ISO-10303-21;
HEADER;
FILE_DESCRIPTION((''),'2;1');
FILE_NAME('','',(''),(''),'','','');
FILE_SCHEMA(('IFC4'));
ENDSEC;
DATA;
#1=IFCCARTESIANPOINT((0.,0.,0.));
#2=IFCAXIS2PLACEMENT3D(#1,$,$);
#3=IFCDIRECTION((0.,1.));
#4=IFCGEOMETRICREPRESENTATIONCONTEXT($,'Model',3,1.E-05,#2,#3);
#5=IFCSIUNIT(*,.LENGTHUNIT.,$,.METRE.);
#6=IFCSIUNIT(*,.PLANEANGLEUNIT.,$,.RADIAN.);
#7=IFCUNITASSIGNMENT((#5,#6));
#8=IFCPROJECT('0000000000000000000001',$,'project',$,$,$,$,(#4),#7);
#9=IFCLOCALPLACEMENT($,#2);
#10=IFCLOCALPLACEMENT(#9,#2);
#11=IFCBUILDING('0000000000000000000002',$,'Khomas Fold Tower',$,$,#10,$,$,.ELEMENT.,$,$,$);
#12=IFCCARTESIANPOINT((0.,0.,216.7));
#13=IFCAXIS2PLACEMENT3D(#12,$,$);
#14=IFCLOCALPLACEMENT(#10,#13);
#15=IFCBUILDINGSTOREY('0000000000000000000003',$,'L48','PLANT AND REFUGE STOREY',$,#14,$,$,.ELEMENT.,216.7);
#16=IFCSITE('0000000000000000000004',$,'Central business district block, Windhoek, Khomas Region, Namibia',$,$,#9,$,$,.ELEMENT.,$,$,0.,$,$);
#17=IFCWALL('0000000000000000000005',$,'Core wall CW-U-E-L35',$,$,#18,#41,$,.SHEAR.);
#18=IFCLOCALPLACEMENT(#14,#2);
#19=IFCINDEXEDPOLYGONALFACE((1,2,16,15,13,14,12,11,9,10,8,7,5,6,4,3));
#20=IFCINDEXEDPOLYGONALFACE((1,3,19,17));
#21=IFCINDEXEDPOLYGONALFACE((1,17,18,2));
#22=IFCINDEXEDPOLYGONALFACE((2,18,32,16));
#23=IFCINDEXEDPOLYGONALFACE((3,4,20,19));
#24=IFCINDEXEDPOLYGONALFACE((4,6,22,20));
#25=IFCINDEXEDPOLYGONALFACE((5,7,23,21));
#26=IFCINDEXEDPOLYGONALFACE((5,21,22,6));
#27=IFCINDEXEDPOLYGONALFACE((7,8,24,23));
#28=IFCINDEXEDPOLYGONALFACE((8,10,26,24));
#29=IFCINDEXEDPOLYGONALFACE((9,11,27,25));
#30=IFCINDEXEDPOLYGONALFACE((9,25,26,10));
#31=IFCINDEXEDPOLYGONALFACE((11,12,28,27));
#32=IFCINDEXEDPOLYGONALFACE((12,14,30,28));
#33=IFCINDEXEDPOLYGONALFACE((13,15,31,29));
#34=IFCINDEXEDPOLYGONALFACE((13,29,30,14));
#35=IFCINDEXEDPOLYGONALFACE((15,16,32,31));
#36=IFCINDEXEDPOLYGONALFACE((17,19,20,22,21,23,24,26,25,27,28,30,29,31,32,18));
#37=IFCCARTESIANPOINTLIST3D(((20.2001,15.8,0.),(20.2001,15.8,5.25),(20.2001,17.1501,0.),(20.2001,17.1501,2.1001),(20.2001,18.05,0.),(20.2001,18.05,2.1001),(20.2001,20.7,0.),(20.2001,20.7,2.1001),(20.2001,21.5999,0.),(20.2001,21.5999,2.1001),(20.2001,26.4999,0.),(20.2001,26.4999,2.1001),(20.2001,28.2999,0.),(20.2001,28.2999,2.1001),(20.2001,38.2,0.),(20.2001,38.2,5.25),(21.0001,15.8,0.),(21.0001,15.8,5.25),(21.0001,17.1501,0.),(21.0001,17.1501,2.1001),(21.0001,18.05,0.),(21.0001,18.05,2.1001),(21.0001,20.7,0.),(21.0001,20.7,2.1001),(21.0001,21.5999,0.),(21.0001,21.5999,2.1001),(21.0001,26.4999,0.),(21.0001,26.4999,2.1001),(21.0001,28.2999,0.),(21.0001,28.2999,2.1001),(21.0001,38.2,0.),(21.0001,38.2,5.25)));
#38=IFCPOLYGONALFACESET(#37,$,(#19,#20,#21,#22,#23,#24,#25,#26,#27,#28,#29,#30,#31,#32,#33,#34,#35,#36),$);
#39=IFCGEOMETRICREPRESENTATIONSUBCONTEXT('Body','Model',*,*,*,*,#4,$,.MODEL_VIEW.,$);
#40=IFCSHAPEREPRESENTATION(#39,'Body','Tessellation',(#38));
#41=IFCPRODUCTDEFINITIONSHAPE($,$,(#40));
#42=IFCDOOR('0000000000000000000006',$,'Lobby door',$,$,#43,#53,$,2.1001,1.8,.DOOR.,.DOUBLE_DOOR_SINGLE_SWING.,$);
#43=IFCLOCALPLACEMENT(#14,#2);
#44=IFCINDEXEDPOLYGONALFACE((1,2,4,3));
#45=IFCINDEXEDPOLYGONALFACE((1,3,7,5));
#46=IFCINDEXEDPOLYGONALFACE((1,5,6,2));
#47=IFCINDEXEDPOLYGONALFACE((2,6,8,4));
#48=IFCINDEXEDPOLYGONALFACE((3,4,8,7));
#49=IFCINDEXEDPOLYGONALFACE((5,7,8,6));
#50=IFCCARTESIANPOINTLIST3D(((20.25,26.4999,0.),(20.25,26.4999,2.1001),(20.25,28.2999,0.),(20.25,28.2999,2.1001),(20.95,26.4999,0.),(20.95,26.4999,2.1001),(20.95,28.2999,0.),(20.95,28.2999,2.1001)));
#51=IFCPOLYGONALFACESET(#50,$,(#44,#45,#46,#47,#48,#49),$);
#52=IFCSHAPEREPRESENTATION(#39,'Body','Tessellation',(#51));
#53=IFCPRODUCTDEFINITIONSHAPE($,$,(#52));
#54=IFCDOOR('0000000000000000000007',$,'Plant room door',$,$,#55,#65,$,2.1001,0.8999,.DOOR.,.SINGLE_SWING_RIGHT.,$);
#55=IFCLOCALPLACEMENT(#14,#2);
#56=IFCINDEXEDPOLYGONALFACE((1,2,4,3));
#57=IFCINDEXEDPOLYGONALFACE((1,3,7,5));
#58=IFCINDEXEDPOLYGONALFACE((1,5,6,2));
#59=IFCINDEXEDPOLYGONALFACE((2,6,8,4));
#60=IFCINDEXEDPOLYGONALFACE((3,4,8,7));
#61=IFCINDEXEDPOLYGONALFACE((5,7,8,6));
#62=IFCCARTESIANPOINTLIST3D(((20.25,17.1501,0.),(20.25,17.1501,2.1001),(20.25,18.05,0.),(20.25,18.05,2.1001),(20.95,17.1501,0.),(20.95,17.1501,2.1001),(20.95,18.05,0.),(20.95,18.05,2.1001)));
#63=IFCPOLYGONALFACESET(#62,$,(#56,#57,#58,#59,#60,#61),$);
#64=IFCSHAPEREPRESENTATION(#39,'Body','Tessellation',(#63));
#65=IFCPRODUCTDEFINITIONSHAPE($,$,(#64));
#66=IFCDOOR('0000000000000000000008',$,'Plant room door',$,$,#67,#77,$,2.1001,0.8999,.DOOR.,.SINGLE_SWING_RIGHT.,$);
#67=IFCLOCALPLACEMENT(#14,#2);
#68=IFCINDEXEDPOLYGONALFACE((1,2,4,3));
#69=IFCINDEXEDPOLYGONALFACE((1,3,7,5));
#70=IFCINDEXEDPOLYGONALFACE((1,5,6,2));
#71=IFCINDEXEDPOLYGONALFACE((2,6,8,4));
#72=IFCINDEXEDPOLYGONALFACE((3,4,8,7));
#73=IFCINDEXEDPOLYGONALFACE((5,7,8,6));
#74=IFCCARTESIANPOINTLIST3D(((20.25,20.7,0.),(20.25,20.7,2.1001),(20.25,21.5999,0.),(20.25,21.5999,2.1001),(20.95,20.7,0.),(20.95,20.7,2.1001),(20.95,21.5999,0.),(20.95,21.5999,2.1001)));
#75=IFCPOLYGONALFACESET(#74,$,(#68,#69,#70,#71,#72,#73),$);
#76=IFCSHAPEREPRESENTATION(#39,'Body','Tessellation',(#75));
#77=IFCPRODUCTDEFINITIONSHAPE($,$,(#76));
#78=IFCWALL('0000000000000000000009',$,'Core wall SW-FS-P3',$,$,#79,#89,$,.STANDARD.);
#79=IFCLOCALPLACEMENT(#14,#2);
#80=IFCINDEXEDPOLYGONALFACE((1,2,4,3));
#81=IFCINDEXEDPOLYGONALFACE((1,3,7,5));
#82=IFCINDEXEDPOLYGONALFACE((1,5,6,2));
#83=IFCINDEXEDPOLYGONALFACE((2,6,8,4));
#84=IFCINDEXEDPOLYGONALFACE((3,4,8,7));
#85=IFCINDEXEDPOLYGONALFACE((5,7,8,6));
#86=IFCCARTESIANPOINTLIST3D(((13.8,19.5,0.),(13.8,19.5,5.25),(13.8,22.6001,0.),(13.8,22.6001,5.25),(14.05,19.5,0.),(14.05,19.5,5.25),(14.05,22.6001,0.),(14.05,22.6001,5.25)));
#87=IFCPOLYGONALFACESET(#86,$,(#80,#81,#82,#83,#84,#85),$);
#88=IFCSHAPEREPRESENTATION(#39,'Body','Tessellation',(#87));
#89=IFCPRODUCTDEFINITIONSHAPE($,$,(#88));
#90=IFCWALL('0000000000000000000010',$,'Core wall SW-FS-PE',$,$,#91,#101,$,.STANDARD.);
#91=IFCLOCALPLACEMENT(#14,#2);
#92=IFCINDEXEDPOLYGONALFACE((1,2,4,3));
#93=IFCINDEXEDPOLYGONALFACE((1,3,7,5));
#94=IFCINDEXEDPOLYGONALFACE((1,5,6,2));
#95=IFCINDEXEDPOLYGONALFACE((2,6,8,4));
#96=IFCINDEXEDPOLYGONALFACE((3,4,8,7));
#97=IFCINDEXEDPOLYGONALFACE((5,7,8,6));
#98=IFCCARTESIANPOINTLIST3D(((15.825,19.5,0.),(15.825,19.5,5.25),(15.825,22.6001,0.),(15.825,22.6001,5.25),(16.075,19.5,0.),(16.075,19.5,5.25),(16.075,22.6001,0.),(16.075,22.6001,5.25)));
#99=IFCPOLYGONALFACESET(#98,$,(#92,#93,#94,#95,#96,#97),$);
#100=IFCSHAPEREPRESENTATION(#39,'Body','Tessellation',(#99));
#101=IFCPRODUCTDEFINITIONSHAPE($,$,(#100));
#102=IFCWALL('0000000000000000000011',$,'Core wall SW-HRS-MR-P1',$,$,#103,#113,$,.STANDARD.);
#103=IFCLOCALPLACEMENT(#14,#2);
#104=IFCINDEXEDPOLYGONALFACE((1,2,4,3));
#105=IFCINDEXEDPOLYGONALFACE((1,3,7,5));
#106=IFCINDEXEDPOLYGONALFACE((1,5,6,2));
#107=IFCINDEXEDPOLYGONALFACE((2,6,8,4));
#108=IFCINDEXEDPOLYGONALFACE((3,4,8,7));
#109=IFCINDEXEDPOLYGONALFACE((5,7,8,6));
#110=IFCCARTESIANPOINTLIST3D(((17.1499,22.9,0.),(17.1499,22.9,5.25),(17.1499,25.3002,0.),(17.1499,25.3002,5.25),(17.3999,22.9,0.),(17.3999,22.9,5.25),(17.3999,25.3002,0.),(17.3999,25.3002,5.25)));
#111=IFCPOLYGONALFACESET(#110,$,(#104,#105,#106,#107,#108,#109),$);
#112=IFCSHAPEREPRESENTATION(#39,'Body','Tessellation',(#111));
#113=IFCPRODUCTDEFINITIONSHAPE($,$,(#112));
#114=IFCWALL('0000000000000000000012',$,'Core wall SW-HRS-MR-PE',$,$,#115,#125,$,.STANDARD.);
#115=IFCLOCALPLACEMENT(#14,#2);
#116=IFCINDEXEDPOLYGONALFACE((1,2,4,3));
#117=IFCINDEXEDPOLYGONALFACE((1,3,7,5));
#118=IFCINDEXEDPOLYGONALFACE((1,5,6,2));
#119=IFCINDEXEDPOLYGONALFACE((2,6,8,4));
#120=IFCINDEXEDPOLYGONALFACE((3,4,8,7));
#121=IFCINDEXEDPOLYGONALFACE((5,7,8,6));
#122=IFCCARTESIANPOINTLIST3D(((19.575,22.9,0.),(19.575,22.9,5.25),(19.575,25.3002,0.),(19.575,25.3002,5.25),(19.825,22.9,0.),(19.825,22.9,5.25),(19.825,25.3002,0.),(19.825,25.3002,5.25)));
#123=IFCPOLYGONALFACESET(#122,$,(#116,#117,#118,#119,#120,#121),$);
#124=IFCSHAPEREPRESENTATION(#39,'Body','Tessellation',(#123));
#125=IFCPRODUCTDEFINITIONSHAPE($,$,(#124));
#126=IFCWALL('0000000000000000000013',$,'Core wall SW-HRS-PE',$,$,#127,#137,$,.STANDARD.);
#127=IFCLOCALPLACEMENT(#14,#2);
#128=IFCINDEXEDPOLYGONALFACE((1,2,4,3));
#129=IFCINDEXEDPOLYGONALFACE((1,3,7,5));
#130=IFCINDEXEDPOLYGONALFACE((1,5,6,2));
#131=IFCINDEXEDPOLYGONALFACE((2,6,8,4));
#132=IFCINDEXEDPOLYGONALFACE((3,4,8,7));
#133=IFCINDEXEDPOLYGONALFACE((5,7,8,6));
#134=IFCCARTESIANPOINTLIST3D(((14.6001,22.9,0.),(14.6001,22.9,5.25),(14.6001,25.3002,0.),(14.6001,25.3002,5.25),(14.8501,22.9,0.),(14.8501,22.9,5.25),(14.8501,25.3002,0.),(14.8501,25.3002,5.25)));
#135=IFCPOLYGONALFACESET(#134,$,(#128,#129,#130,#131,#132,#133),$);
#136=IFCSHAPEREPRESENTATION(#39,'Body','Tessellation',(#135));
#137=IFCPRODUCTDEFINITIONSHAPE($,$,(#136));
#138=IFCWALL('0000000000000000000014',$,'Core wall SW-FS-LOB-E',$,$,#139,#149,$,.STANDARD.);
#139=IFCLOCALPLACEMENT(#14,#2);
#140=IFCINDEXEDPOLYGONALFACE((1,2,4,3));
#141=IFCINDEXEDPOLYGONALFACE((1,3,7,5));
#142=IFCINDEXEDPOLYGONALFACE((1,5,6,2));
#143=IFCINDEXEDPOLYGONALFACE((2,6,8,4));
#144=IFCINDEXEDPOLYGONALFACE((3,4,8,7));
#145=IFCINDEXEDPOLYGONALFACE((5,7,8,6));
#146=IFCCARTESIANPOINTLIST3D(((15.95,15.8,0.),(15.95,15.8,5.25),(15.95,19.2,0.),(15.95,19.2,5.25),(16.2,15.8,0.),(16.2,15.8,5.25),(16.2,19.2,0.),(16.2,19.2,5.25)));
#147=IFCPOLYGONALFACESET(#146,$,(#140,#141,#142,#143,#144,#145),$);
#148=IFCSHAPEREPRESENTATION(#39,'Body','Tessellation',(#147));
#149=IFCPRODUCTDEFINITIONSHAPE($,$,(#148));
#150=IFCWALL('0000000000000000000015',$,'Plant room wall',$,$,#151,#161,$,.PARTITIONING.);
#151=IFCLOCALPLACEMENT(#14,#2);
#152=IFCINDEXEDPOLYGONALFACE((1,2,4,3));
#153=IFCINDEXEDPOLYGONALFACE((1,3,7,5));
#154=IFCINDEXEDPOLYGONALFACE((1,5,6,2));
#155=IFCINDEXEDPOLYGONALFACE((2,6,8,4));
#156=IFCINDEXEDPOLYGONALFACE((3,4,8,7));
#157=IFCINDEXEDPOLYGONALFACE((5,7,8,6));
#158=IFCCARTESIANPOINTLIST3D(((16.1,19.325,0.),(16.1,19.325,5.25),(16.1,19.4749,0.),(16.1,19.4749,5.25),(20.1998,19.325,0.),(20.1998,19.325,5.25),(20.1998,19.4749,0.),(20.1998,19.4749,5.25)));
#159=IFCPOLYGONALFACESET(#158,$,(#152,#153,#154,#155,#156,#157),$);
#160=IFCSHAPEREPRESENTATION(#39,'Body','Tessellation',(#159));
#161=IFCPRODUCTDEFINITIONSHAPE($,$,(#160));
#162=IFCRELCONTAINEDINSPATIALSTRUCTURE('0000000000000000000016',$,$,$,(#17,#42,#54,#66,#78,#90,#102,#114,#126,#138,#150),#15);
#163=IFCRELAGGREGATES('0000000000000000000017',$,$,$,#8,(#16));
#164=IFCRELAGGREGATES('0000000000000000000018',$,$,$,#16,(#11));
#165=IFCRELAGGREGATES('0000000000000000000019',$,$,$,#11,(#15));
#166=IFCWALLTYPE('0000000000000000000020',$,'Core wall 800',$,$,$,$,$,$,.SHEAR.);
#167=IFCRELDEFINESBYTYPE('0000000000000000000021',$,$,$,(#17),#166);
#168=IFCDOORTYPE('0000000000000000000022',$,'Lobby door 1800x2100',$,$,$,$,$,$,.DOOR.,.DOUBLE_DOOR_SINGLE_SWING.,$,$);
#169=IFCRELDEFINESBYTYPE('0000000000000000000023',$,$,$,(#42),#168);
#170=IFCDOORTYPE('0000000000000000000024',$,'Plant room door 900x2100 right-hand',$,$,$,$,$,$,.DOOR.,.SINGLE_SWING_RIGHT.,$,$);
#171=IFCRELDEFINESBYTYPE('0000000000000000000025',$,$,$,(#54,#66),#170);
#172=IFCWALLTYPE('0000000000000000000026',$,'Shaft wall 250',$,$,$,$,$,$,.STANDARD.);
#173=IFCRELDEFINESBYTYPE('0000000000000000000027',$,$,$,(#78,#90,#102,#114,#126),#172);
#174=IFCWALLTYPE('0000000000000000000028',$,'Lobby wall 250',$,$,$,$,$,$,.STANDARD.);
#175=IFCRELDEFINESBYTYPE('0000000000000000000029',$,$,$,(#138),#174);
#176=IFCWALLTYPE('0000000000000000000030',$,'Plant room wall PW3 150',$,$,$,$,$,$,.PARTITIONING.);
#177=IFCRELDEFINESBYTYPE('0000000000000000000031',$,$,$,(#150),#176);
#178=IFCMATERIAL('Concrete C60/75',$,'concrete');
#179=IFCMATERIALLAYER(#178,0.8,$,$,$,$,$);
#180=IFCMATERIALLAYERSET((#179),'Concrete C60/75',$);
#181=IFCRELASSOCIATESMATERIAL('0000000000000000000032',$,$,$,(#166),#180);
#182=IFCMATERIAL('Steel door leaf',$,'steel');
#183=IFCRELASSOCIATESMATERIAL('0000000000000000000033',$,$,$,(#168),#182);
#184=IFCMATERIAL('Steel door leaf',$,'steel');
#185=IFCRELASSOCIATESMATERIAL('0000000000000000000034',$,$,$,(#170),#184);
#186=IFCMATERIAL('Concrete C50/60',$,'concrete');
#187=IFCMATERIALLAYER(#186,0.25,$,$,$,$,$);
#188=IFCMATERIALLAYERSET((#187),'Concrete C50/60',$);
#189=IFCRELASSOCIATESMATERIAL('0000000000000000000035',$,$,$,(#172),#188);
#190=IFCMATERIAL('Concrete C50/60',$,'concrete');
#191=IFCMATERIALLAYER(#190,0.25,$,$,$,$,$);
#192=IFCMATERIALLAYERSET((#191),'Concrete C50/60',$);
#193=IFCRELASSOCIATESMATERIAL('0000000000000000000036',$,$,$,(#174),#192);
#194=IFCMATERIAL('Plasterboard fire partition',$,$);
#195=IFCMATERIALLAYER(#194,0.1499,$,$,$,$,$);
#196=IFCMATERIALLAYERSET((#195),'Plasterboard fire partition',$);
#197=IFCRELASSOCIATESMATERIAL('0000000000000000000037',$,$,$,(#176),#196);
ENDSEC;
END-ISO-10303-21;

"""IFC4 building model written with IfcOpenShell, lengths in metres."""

from ifc_helpers import new_model, si_unit, direction, frame, frame_2d, origin, place, context, subcontext, project, spatial, rectangle, extrude, source, transform, mapped, material, layer, layer_set, type_object, element, fill, save


model = new_model("IFC4")

# Units and contexts
model_context = context("Model", 3, precision=1e-05, world=origin(), true_north=direction((0.0, 1.0)))
body_context = subcontext(model_context, "Body", "Model", "MODEL_VIEW")
ifc_project = project(units=[si_unit("LENGTHUNIT", "METRE"), si_unit("PLANEANGLEUNIT", "RADIAN")], contexts=[model_context])

# Site, building, storey
site_placement = place(None, origin())
site = spatial("IfcSite", under=ifc_project, at=site_placement, Name="Central business district block, Windhoek, Khomas Region, Namibia", CompositionType="ELEMENT", RefElevation=0.0)
building_placement = place(site_placement, origin())
building = spatial("IfcBuilding", under=site, at=building_placement, Name="Khomas Fold Tower", CompositionType="ELEMENT")
storey_placement = place(building_placement, frame((0.0, 0.0, 216.7)))
storey = spatial("IfcBuildingStorey", under=building, at=storey_placement, Name="L48", Description="PLANT AND REFUGE STOREY", CompositionType="ELEMENT", Elevation=216.7)

# Wall, openings, doors
ifc_material_1 = material(Name="Concrete C60/75", Category="concrete")
ifc_layer_1 = layer(ifc_material_1, 0.8)
ifc_layer_set_1 = layer_set([ifc_layer_1], Name="Concrete C60/75")
wall_type_1 = type_object("IfcWallType", Name="Core wall 800", PredefinedType="SHEAR", material=ifc_layer_set_1)
shared_shape_1 = source(origin(), body_context, "Body", "SweptSolid", [
    extrude(rectangle(XDim=22.3999, YDim=0.8, at=frame_2d((11.2, 0.0))), origin(), (0.0, 0.0, 1.0), 5.25),
])
wall_1_placement = place(storey_placement, frame((20.6001, 15.8, 0.0), z_axis=(0.0, 0.0, 1.0), x_axis=(0.0, 1.0, 0.0)))
wall_1 = element("IfcWall", 1, at=wall_1_placement, inside=storey, type_object=wall_type_1, Name="Core wall CW-U-E-L35", PredefinedType="SHEAR", context=body_context, shape_type="MappedRepresentation", body=[
    mapped(shared_shape_1, transform((0.0, 0.0, 0.0))),
])
shared_shape_2 = source(origin(), body_context, "Body", "SweptSolid", [
    extrude(rectangle(XDim=1.8, YDim=2.1001, at=frame_2d((0.8999, 1.05))), frame((0.0, 0.4099, 0.0), z_axis=(0.0, -1.0, 0.0), x_axis=(1.0, 0.0, 0.0)), (0.0, 0.0, 1.0), 0.8201),
])
opening_1_placement = place(wall_1_placement, frame((10.7, 0.0, 0.0)))
opening_1 = element("IfcOpeningElement", 2, at=opening_1_placement, cuts=wall_1, PredefinedType="OPENING", context=body_context, shape_type="MappedRepresentation", body=[
    mapped(shared_shape_2, transform((0.0, 0.0, 0.0))),
])
shared_shape_3 = source(origin(), body_context, "Body", "SweptSolid", [
    extrude(rectangle(XDim=0.8999, YDim=2.1001, at=frame_2d((0.45, 1.05))), frame((0.0, 0.4099, 0.0), z_axis=(0.0, -1.0, 0.0), x_axis=(1.0, 0.0, 0.0)), (0.0, 0.0, 1.0), 0.8201),
])
opening_2_placement = place(wall_1_placement, frame((1.3501, 0.0, 0.0)))
opening_2 = element("IfcOpeningElement", 3, at=opening_2_placement, cuts=wall_1, PredefinedType="OPENING", context=body_context, shape_type="MappedRepresentation", body=[
    mapped(shared_shape_3, transform((0.0, 0.0, 0.0))),
])
opening_3_placement = place(wall_1_placement, frame((4.8999, 0.0, 0.0)))
opening_3 = element("IfcOpeningElement", 4, at=opening_3_placement, cuts=wall_1, PredefinedType="OPENING", context=body_context, shape_type="MappedRepresentation", body=[
    mapped(shared_shape_3, transform((0.0, 0.0, 0.0))),
])
ifc_material_2 = material(Name="Steel door leaf", Category="steel")
door_type_1 = type_object("IfcDoorType", Name="Lobby door 1800x2100", OperationType="DOUBLE_DOOR_SINGLE_SWING", PredefinedType="DOOR", material=ifc_material_2)
shared_shape_4 = source(origin(), body_context, "Body", "SweptSolid", [
    extrude(rectangle(XDim=1.8, YDim=2.1001, at=frame_2d((0.8999, 1.05))), frame((0.0, 0.3501, 0.0), z_axis=(0.0, -1.0, 0.0), x_axis=(1.0, 0.0, 0.0)), (0.0, 0.0, 1.0), 0.7),
])
door_1_placement = place(opening_1_placement, origin())
door_1 = element("IfcDoor", 5, at=door_1_placement, inside=storey, type_object=door_type_1, Name="Lobby door", OperationType="DOUBLE_DOOR_SINGLE_SWING", OverallHeight=2.1001, OverallWidth=1.8, PredefinedType="DOOR", context=body_context, shape_type="MappedRepresentation", body=[
    mapped(shared_shape_4, transform((0.0, 0.0, 0.0))),
])
fill(opening_1, door_1)
ifc_material_3 = material(Name="Steel door leaf", Category="steel")
door_type_2 = type_object("IfcDoorType", Name="Plant room door 900x2100 right-hand", OperationType="SINGLE_SWING_RIGHT", PredefinedType="DOOR", material=ifc_material_3)
shared_shape_5 = source(origin(), body_context, "Body", "SweptSolid", [
    extrude(rectangle(XDim=0.8999, YDim=2.1001, at=frame_2d((0.45, 1.05))), frame((0.0, 0.3501, 0.0), z_axis=(0.0, -1.0, 0.0), x_axis=(1.0, 0.0, 0.0)), (0.0, 0.0, 1.0), 0.7),
])
door_2_placement = place(opening_2_placement, origin())
door_2 = element("IfcDoor", 6, at=door_2_placement, inside=storey, type_object=door_type_2, Name="Plant room door", OperationType="SINGLE_SWING_RIGHT", OverallHeight=2.1001, OverallWidth=0.8999, PredefinedType="DOOR", context=body_context, shape_type="MappedRepresentation", body=[
    mapped(shared_shape_5, transform((0.0, 0.0, 0.0))),
])
fill(opening_2, door_2)
door_3_placement = place(opening_3_placement, origin())
door_3 = element("IfcDoor", 7, at=door_3_placement, inside=storey, type_object=door_type_2, Name="Plant room door", OperationType="SINGLE_SWING_RIGHT", OverallHeight=2.1001, OverallWidth=0.8999, PredefinedType="DOOR", context=body_context, shape_type="MappedRepresentation", body=[
    mapped(shared_shape_5, transform((0.0, 0.0, 0.0))),
])
fill(opening_3, door_3)

# Walls
ifc_material_4 = material(Name="Concrete C50/60", Category="concrete")
ifc_layer_2 = layer(ifc_material_4, 0.25)
ifc_layer_set_2 = layer_set([ifc_layer_2], Name="Concrete C50/60")
wall_type_2 = type_object("IfcWallType", Name="Shaft wall 250", PredefinedType="STANDARD", material=ifc_layer_set_2)
shared_shape_6 = source(origin(), body_context, "Body", "SweptSolid", [
    extrude(rectangle(XDim=3.1001, YDim=0.25, at=frame_2d((1.55, 0.0))), origin(), (0.0, 0.0, 1.0), 5.25),
])
for number, where, z_axis, x_axis, name in (
    (8, (13.925, 19.5, 0.0), (0.0, 0.0, 1.0), (0.0, 1.0, 0.0), "Core wall SW-FS-P3"),
    (9, (15.95, 19.5, 0.0), (0.0, 0.0, 1.0), (0.0, 1.0, 0.0), "Core wall SW-FS-PE"),
):
    element("IfcWall", number, at=place(storey_placement, frame(where, z_axis=z_axis, x_axis=x_axis)), inside=storey, type_object=wall_type_2, Name=name, PredefinedType="STANDARD", context=body_context, shape_type="MappedRepresentation", body=[
        mapped(shared_shape_6, transform((0.0, 0.0, 0.0))),
    ])
shared_shape_7 = source(origin(), body_context, "Body", "SweptSolid", [
    extrude(rectangle(XDim=2.4001, YDim=0.25, at=frame_2d((1.2002, 0.0))), origin(), (0.0, 0.0, 1.0), 5.25),
])
for number, where, z_axis, x_axis, name in (
    (10, (17.2749, 22.8999, 0.0), (0.0, 0.0, 1.0), (0.0, 1.0, 0.0), "Core wall SW-HRS-MR-P1"),
    (11, (19.7, 22.8999, 0.0), (0.0, 0.0, 1.0), (0.0, 1.0, 0.0), "Core wall SW-HRS-MR-PE"),
    (12, (14.7251, 22.8999, 0.0), (0.0, 0.0, 1.0), (0.0, 1.0, 0.0), "Core wall SW-HRS-PE"),
):
    element("IfcWall", number, at=place(storey_placement, frame(where, z_axis=z_axis, x_axis=x_axis)), inside=storey, type_object=wall_type_2, Name=name, PredefinedType="STANDARD", context=body_context, shape_type="MappedRepresentation", body=[
        mapped(shared_shape_7, transform((0.0, 0.0, 0.0))),
    ])
ifc_material_5 = material(Name="Concrete C50/60", Category="concrete")
ifc_layer_3 = layer(ifc_material_5, 0.25)
ifc_layer_set_3 = layer_set([ifc_layer_3], Name="Concrete C50/60")
wall_type_3 = type_object("IfcWallType", Name="Lobby wall 250", PredefinedType="STANDARD", material=ifc_layer_set_3)
shared_shape_8 = source(origin(), body_context, "Body", "SweptSolid", [
    extrude(rectangle(XDim=3.3999, YDim=0.25, at=frame_2d((1.7, 0.0))), origin(), (0.0, 0.0, 1.0), 5.25),
])
wall_2_placement = place(storey_placement, frame((16.075, 15.8, 0.0), z_axis=(0.0, 0.0, 1.0), x_axis=(0.0, 1.0, 0.0)))
element("IfcWall", 13, at=wall_2_placement, inside=storey, type_object=wall_type_3, Name="Core wall SW-FS-LOB-E", PredefinedType="STANDARD", context=body_context, shape_type="MappedRepresentation", body=[
    mapped(shared_shape_8, transform((0.0, 0.0, 0.0))),
])
ifc_material_6 = material(Name="Plasterboard fire partition")
ifc_layer_4 = layer(ifc_material_6, 0.1499)
ifc_layer_set_4 = layer_set([ifc_layer_4], Name="Plasterboard fire partition")
wall_type_4 = type_object("IfcWallType", Name="Plant room wall PW3 150", PredefinedType="PARTITIONING", material=ifc_layer_set_4)
shared_shape_9 = source(origin(), body_context, "Body", "SweptSolid", [
    extrude(rectangle(XDim=4.0999, YDim=0.1499, at=frame_2d((2.0498, 0.0))), origin(), (0.0, 0.0, 1.0), 5.25),
])
wall_3_placement = place(storey_placement, frame((16.1001, 19.3999, 0.0), z_axis=(0.0, 0.0, 1.0), x_axis=(1.0, 0.0, 0.0)))
element("IfcWall", 14, at=wall_3_placement, inside=storey, type_object=wall_type_4, Name="Plant room wall", PredefinedType="PARTITIONING", context=body_context, shape_type="MappedRepresentation", body=[
    mapped(shared_shape_9, transform((0.0, 0.0, 0.0))),
])

save(model, "model.ifc")
